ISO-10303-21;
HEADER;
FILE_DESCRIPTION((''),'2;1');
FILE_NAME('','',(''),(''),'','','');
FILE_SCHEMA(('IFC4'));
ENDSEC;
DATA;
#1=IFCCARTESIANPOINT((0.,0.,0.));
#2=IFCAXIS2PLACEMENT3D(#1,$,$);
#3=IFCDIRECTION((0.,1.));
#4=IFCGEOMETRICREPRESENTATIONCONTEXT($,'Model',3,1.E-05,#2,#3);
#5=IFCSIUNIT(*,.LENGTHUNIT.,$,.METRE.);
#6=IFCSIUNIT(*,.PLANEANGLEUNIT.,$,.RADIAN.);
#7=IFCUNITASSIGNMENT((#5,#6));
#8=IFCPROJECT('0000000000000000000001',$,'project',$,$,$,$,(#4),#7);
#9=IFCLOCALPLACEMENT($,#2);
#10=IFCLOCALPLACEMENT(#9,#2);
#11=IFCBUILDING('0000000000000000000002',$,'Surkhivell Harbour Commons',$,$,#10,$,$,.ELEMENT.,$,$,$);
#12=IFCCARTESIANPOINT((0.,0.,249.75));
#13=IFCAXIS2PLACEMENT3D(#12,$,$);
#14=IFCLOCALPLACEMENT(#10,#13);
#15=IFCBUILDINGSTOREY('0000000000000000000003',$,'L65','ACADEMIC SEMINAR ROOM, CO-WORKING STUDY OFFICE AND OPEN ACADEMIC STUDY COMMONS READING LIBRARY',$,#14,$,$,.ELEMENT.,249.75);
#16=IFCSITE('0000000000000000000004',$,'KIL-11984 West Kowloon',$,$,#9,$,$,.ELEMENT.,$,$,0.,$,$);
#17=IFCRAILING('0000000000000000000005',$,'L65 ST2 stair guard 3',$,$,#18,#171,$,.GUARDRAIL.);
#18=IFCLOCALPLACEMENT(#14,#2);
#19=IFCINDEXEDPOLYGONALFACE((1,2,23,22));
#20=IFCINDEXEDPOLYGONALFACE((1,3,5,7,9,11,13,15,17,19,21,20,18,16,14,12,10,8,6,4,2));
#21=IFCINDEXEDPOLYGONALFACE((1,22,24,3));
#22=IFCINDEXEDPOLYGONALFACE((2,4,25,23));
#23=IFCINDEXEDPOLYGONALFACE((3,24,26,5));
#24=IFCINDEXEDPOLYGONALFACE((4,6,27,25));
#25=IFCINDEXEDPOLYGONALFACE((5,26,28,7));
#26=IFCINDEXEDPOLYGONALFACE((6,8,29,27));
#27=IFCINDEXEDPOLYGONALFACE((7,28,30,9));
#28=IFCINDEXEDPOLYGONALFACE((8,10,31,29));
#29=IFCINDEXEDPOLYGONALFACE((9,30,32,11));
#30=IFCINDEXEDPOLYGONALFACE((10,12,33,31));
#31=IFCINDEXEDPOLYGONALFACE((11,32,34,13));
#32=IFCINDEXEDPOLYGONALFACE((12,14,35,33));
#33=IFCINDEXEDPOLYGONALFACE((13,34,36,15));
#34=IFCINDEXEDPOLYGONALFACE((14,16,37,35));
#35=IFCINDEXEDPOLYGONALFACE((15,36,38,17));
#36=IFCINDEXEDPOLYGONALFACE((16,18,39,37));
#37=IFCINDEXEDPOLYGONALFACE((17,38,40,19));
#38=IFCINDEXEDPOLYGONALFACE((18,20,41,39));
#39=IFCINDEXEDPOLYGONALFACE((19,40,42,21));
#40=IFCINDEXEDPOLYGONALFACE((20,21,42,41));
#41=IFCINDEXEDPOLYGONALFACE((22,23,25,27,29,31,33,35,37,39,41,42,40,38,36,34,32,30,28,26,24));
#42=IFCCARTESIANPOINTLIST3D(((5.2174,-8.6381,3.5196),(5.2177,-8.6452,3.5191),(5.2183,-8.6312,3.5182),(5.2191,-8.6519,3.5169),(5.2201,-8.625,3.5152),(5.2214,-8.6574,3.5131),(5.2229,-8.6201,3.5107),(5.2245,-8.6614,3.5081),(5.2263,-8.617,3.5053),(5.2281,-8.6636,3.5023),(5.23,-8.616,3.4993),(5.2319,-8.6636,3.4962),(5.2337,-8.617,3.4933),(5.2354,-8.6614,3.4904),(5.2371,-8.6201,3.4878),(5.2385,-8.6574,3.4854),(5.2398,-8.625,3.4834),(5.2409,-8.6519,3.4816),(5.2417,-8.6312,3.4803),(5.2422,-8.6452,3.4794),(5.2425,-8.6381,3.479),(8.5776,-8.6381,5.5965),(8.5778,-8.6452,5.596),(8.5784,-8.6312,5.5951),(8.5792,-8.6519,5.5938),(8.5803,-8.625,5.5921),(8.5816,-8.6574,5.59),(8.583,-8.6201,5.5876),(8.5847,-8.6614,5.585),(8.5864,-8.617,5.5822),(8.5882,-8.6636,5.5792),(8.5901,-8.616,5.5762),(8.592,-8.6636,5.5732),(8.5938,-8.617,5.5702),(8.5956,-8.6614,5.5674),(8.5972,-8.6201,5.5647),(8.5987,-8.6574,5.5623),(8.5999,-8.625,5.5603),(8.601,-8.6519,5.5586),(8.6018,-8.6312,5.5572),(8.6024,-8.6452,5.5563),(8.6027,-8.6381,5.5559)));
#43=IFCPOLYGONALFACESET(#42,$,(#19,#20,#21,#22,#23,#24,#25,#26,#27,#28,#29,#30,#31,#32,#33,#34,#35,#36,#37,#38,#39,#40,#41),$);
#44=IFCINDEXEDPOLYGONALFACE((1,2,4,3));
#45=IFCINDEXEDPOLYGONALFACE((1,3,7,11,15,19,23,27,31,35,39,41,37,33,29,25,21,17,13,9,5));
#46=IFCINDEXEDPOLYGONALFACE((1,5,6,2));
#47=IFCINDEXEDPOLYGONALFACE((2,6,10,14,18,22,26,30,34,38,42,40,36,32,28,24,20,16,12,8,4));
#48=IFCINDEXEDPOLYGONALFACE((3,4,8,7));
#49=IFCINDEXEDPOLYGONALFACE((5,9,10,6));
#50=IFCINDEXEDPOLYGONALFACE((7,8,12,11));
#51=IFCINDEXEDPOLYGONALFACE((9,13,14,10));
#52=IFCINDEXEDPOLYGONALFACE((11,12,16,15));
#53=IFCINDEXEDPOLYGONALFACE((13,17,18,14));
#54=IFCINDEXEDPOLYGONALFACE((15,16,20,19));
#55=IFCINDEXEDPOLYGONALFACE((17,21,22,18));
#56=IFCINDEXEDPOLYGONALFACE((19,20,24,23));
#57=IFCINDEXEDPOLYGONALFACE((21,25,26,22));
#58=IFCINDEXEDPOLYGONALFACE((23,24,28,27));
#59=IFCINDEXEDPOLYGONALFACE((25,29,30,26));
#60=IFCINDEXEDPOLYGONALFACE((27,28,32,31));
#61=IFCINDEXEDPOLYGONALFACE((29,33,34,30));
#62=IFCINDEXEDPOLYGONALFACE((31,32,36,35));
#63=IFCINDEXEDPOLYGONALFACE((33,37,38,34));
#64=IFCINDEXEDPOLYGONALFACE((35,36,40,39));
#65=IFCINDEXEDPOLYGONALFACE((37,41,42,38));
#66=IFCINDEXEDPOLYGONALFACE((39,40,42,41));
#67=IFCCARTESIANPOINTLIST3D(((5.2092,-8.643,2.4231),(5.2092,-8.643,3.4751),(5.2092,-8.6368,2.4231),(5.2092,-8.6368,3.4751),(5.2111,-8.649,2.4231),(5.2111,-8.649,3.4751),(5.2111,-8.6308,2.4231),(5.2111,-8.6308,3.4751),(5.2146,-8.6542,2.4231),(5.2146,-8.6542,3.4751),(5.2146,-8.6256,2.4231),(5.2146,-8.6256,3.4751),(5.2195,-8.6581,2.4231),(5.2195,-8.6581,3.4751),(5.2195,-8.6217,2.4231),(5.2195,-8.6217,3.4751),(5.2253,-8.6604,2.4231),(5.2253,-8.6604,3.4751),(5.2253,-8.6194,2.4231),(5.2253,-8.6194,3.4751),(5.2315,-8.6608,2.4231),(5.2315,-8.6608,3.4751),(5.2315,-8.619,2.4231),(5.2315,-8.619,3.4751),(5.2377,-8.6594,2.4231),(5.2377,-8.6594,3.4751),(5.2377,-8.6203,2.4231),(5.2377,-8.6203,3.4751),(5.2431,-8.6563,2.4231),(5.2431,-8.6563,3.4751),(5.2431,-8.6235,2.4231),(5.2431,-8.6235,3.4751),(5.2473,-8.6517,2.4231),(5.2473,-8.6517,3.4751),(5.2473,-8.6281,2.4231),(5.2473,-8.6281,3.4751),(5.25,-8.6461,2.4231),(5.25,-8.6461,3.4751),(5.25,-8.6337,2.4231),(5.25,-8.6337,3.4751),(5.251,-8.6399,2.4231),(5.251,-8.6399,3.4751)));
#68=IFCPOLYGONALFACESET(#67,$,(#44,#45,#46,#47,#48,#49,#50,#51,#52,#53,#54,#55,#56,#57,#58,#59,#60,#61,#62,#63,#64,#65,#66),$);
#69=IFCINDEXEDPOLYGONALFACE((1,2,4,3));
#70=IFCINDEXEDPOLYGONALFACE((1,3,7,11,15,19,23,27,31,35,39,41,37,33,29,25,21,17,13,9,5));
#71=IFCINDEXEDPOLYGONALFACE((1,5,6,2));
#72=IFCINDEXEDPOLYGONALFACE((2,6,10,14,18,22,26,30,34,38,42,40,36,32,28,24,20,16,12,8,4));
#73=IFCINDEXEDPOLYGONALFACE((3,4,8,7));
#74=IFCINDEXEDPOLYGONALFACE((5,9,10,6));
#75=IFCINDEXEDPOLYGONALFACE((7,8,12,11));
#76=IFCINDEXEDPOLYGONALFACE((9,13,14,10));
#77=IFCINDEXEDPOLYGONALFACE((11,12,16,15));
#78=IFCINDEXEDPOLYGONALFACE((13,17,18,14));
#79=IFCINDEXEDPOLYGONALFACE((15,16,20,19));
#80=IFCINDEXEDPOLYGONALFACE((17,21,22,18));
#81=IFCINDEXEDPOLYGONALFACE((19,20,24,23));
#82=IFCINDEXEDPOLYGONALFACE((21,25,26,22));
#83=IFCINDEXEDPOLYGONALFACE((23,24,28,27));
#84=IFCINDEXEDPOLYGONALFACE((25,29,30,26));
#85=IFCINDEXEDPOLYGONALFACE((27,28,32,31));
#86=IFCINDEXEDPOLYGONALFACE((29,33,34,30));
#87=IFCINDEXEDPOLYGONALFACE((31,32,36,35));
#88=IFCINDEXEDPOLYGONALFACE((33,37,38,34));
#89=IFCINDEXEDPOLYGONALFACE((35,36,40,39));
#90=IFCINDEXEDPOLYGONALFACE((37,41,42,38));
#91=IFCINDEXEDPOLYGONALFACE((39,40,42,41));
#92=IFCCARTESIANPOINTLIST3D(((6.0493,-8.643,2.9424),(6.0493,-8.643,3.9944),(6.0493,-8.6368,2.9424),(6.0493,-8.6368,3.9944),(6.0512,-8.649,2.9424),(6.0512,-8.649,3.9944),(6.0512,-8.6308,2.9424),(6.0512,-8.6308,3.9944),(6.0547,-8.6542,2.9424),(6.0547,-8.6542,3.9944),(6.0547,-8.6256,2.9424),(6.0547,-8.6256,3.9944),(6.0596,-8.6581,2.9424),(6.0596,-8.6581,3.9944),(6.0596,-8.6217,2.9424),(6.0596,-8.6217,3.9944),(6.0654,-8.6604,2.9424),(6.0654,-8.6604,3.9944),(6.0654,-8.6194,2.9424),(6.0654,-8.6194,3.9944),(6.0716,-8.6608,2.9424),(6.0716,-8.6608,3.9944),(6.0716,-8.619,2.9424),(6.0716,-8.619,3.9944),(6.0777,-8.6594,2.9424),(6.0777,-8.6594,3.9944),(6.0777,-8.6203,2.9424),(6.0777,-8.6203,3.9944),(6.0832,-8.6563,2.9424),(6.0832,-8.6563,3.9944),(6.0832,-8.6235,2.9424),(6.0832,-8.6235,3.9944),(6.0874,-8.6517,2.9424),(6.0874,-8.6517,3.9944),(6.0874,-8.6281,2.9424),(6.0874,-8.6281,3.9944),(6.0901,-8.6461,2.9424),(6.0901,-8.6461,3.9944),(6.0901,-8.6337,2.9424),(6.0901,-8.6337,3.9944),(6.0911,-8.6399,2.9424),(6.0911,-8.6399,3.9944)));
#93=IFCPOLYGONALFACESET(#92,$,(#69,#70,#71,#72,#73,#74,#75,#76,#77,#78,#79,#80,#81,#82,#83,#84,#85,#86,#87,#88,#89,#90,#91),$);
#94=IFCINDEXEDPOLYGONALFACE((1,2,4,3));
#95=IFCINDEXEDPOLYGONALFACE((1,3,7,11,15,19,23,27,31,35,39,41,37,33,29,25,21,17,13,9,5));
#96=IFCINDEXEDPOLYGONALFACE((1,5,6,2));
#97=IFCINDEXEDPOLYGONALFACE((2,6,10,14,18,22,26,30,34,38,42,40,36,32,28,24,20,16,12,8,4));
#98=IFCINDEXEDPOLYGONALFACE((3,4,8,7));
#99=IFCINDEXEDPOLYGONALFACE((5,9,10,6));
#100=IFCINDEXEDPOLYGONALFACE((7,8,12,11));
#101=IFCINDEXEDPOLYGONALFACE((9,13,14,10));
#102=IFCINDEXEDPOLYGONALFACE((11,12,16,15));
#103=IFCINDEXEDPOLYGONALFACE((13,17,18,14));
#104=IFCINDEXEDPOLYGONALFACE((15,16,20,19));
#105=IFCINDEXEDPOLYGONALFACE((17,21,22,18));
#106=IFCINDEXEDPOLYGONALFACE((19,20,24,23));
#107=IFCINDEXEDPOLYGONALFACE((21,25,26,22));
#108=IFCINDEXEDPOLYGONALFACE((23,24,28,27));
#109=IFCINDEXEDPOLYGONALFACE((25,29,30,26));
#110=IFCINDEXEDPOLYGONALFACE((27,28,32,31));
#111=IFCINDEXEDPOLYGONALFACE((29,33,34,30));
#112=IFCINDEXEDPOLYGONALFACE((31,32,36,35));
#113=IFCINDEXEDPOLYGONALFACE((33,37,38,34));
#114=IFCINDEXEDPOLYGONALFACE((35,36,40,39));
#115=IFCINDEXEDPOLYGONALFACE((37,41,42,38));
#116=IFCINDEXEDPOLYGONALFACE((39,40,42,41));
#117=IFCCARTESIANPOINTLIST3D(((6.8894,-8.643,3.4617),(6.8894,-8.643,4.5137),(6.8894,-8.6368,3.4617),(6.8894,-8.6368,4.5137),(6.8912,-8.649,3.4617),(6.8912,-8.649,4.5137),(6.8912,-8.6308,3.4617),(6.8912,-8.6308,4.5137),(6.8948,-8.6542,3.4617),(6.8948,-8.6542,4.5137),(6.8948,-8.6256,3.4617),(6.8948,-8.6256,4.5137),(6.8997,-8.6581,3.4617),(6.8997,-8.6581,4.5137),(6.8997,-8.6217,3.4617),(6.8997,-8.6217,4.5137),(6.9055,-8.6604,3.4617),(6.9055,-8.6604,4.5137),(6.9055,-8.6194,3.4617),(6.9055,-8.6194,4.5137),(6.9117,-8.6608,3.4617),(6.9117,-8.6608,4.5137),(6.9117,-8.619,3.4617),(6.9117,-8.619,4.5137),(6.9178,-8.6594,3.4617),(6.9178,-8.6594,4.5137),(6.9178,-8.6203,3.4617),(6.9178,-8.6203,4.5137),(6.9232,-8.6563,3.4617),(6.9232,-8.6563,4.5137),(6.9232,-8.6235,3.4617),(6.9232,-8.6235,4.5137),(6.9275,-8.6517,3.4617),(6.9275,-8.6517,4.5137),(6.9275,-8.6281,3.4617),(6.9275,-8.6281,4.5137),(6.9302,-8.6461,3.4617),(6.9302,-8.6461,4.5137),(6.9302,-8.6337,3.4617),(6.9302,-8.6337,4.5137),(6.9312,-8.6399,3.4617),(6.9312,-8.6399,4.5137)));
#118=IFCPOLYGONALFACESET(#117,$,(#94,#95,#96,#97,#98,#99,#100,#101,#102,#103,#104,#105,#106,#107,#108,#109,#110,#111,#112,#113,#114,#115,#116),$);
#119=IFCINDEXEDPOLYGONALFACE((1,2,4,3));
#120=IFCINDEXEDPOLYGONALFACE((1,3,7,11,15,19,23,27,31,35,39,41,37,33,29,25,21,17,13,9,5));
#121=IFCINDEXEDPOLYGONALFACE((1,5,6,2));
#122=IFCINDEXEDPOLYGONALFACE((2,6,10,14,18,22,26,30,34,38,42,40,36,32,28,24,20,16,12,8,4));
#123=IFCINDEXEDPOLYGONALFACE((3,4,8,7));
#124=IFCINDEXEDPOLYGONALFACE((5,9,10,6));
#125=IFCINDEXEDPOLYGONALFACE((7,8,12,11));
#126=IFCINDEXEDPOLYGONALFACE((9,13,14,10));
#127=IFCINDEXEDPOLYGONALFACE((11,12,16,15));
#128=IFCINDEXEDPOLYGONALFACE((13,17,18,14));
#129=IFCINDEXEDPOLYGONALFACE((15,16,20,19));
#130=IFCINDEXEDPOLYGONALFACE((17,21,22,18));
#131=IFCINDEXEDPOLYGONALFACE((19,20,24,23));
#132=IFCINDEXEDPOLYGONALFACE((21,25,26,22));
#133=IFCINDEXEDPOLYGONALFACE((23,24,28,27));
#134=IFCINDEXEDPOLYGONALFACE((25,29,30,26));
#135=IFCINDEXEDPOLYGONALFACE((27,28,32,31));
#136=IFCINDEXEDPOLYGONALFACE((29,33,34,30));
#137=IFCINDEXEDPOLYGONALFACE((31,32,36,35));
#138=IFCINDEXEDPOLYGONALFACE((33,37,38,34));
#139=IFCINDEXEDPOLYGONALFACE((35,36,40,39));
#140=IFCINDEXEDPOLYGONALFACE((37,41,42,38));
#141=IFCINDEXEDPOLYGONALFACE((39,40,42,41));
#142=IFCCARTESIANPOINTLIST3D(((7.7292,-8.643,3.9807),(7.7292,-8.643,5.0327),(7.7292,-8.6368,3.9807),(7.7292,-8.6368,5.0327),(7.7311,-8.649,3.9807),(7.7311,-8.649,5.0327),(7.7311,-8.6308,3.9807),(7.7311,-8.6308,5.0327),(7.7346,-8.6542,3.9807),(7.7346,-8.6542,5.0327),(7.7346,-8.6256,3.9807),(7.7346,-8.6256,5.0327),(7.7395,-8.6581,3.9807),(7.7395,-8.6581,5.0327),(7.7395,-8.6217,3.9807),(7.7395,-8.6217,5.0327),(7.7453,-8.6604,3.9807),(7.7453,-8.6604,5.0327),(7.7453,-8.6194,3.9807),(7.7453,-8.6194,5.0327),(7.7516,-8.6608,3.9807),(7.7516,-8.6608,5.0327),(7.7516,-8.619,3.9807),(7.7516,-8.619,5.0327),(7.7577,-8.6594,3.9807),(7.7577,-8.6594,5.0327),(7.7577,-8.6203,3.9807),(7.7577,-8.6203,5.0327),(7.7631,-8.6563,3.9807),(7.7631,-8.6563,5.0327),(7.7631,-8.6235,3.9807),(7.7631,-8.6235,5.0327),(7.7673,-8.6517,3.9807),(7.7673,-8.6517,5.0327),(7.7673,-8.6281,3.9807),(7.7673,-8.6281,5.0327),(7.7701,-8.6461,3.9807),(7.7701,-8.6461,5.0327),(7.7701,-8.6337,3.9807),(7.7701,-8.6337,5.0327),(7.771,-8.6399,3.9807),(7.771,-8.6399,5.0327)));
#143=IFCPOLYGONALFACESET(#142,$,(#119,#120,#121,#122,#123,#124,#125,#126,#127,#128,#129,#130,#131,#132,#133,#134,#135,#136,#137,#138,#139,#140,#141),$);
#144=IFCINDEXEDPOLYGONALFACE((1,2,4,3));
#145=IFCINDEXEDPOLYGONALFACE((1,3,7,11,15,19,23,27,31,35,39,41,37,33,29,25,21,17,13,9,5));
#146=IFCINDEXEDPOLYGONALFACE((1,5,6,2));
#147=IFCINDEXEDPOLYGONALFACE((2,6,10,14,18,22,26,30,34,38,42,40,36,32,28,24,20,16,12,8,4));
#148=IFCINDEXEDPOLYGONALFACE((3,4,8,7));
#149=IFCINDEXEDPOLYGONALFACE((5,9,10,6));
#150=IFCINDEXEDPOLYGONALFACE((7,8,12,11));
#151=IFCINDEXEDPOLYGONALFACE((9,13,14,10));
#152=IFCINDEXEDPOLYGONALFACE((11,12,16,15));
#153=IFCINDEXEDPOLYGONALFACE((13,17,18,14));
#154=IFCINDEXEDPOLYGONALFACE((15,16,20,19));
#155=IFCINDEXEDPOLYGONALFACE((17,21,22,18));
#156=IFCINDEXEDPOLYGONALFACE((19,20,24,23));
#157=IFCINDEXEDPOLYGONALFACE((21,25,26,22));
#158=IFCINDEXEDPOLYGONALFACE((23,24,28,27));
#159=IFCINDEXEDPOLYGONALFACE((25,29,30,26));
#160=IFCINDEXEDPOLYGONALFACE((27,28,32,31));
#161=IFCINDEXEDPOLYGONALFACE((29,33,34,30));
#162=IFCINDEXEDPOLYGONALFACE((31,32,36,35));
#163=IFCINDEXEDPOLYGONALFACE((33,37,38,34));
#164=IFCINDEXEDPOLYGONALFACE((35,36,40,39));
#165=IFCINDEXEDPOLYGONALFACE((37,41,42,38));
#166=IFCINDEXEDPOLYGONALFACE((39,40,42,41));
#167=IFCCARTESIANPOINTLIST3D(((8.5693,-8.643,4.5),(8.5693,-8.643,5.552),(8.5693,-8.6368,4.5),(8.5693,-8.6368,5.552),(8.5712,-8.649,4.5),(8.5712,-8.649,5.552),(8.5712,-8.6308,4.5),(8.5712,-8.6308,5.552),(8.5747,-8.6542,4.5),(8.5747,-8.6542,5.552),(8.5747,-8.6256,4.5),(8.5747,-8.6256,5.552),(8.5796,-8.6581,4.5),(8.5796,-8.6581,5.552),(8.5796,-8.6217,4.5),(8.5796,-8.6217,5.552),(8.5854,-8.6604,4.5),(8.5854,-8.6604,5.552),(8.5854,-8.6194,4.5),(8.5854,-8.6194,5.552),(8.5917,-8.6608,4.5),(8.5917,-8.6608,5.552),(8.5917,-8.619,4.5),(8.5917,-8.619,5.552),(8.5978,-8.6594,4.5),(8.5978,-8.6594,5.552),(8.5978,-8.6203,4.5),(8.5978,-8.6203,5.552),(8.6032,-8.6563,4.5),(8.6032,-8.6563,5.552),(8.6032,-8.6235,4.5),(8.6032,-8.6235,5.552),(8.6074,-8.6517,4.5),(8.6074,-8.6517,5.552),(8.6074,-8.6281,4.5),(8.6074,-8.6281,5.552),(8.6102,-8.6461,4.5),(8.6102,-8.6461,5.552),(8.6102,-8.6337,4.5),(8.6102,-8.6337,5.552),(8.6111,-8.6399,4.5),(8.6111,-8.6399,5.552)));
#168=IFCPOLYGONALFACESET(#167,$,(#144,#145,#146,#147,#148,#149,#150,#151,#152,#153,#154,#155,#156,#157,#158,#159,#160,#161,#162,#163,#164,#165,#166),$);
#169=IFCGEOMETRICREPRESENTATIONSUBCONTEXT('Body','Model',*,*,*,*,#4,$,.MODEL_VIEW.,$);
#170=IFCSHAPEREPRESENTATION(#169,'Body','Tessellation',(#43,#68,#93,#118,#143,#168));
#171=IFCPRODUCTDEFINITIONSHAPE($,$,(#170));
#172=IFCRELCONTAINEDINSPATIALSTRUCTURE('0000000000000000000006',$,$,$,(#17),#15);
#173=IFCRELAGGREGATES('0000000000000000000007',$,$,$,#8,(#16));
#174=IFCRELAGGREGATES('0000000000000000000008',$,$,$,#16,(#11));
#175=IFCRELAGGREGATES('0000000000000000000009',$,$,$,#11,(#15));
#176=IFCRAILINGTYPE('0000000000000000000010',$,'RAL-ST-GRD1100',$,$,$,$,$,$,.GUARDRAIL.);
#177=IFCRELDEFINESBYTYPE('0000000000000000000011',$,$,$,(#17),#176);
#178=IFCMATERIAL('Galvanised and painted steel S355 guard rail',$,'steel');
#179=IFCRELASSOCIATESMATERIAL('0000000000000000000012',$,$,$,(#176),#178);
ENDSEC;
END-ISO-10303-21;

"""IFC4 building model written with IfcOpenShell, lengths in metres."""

from ifc_helpers import new_model, si_unit, direction, frame, origin, origin_2d, place, context, subcontext, project, spatial, circle, extrude, material, type_object, element, save


model = new_model("IFC4")

# Units and contexts
model_context = context("Model", 3, precision=1e-05, world=origin(), true_north=direction((0.0, 1.0)))
body_context = subcontext(model_context, "Body", "Model", "MODEL_VIEW")
ifc_project = project(units=[si_unit("LENGTHUNIT", "METRE"), si_unit("PLANEANGLEUNIT", "RADIAN")], contexts=[model_context])

# Site, building, storey
site_placement = place(None, origin())
site = spatial("IfcSite", under=ifc_project, at=site_placement, Name="KIL-11984 West Kowloon", CompositionType="ELEMENT", RefElevation=0.0)
building_placement = place(site_placement, origin())
building = spatial("IfcBuilding", under=site, at=building_placement, Name="Surkhivell Harbour Commons", CompositionType="ELEMENT")
storey_placement = place(building_placement, frame((0.0, 0.0, 249.75)))
storey = spatial("IfcBuildingStorey", under=building, at=storey_placement, Name="L65", Description="ACADEMIC SEMINAR ROOM, CO-WORKING STUDY OFFICE AND OPEN ACADEMIC STUDY COMMONS READING LIBRARY", CompositionType="ELEMENT", Elevation=249.75)

# Railing
ifc_material_1 = material(Name="Galvanised and painted steel S355 guard rail", Category="steel")
railing_type_1 = type_object("IfcRailingType", Name="RAL-ST-GRD1100", PredefinedType="GUARDRAIL", material=ifc_material_1)
railing_1_placement = place(storey_placement, frame((5.23, -8.6399, 2.4231)))
element("IfcRailing", 1, at=railing_1_placement, inside=storey, type_object=railing_type_1, Name="L65 ST2 stair guard 3", PredefinedType="GUARDRAIL", context=body_context, shape_type="SweptSolid", body=[
    extrude(circle(Radius=0.0239, at=origin_2d()), frame((0.0, 0.0, 1.0762), z_axis=(0.850623, 0.0, 0.525776), x_axis=(0.0, 1.0, 0.0)), (0.0, 0.0, 1.0), 3.9502),
    extrude(circle(Radius=0.021, at=origin_2d()), origin(), (0.0, 0.0, 1.0), 1.052),
    extrude(circle(Radius=0.021, at=origin_2d()), frame((0.8401, 0.0, 0.5193)), (0.0, 0.0, 1.0), 1.052),
    extrude(circle(Radius=0.021, at=origin_2d()), frame((1.6802, 0.0, 1.0386)), (0.0, 0.0, 1.0), 1.052),
    extrude(circle(Radius=0.021, at=origin_2d()), frame((2.52, 0.0, 1.5576)), (0.0, 0.0, 1.0), 1.052),
    extrude(circle(Radius=0.021, at=origin_2d()), frame((3.3601, 0.0, 2.0769)), (0.0, 0.0, 1.0), 1.052),
])

save(model, "model.ifc")
